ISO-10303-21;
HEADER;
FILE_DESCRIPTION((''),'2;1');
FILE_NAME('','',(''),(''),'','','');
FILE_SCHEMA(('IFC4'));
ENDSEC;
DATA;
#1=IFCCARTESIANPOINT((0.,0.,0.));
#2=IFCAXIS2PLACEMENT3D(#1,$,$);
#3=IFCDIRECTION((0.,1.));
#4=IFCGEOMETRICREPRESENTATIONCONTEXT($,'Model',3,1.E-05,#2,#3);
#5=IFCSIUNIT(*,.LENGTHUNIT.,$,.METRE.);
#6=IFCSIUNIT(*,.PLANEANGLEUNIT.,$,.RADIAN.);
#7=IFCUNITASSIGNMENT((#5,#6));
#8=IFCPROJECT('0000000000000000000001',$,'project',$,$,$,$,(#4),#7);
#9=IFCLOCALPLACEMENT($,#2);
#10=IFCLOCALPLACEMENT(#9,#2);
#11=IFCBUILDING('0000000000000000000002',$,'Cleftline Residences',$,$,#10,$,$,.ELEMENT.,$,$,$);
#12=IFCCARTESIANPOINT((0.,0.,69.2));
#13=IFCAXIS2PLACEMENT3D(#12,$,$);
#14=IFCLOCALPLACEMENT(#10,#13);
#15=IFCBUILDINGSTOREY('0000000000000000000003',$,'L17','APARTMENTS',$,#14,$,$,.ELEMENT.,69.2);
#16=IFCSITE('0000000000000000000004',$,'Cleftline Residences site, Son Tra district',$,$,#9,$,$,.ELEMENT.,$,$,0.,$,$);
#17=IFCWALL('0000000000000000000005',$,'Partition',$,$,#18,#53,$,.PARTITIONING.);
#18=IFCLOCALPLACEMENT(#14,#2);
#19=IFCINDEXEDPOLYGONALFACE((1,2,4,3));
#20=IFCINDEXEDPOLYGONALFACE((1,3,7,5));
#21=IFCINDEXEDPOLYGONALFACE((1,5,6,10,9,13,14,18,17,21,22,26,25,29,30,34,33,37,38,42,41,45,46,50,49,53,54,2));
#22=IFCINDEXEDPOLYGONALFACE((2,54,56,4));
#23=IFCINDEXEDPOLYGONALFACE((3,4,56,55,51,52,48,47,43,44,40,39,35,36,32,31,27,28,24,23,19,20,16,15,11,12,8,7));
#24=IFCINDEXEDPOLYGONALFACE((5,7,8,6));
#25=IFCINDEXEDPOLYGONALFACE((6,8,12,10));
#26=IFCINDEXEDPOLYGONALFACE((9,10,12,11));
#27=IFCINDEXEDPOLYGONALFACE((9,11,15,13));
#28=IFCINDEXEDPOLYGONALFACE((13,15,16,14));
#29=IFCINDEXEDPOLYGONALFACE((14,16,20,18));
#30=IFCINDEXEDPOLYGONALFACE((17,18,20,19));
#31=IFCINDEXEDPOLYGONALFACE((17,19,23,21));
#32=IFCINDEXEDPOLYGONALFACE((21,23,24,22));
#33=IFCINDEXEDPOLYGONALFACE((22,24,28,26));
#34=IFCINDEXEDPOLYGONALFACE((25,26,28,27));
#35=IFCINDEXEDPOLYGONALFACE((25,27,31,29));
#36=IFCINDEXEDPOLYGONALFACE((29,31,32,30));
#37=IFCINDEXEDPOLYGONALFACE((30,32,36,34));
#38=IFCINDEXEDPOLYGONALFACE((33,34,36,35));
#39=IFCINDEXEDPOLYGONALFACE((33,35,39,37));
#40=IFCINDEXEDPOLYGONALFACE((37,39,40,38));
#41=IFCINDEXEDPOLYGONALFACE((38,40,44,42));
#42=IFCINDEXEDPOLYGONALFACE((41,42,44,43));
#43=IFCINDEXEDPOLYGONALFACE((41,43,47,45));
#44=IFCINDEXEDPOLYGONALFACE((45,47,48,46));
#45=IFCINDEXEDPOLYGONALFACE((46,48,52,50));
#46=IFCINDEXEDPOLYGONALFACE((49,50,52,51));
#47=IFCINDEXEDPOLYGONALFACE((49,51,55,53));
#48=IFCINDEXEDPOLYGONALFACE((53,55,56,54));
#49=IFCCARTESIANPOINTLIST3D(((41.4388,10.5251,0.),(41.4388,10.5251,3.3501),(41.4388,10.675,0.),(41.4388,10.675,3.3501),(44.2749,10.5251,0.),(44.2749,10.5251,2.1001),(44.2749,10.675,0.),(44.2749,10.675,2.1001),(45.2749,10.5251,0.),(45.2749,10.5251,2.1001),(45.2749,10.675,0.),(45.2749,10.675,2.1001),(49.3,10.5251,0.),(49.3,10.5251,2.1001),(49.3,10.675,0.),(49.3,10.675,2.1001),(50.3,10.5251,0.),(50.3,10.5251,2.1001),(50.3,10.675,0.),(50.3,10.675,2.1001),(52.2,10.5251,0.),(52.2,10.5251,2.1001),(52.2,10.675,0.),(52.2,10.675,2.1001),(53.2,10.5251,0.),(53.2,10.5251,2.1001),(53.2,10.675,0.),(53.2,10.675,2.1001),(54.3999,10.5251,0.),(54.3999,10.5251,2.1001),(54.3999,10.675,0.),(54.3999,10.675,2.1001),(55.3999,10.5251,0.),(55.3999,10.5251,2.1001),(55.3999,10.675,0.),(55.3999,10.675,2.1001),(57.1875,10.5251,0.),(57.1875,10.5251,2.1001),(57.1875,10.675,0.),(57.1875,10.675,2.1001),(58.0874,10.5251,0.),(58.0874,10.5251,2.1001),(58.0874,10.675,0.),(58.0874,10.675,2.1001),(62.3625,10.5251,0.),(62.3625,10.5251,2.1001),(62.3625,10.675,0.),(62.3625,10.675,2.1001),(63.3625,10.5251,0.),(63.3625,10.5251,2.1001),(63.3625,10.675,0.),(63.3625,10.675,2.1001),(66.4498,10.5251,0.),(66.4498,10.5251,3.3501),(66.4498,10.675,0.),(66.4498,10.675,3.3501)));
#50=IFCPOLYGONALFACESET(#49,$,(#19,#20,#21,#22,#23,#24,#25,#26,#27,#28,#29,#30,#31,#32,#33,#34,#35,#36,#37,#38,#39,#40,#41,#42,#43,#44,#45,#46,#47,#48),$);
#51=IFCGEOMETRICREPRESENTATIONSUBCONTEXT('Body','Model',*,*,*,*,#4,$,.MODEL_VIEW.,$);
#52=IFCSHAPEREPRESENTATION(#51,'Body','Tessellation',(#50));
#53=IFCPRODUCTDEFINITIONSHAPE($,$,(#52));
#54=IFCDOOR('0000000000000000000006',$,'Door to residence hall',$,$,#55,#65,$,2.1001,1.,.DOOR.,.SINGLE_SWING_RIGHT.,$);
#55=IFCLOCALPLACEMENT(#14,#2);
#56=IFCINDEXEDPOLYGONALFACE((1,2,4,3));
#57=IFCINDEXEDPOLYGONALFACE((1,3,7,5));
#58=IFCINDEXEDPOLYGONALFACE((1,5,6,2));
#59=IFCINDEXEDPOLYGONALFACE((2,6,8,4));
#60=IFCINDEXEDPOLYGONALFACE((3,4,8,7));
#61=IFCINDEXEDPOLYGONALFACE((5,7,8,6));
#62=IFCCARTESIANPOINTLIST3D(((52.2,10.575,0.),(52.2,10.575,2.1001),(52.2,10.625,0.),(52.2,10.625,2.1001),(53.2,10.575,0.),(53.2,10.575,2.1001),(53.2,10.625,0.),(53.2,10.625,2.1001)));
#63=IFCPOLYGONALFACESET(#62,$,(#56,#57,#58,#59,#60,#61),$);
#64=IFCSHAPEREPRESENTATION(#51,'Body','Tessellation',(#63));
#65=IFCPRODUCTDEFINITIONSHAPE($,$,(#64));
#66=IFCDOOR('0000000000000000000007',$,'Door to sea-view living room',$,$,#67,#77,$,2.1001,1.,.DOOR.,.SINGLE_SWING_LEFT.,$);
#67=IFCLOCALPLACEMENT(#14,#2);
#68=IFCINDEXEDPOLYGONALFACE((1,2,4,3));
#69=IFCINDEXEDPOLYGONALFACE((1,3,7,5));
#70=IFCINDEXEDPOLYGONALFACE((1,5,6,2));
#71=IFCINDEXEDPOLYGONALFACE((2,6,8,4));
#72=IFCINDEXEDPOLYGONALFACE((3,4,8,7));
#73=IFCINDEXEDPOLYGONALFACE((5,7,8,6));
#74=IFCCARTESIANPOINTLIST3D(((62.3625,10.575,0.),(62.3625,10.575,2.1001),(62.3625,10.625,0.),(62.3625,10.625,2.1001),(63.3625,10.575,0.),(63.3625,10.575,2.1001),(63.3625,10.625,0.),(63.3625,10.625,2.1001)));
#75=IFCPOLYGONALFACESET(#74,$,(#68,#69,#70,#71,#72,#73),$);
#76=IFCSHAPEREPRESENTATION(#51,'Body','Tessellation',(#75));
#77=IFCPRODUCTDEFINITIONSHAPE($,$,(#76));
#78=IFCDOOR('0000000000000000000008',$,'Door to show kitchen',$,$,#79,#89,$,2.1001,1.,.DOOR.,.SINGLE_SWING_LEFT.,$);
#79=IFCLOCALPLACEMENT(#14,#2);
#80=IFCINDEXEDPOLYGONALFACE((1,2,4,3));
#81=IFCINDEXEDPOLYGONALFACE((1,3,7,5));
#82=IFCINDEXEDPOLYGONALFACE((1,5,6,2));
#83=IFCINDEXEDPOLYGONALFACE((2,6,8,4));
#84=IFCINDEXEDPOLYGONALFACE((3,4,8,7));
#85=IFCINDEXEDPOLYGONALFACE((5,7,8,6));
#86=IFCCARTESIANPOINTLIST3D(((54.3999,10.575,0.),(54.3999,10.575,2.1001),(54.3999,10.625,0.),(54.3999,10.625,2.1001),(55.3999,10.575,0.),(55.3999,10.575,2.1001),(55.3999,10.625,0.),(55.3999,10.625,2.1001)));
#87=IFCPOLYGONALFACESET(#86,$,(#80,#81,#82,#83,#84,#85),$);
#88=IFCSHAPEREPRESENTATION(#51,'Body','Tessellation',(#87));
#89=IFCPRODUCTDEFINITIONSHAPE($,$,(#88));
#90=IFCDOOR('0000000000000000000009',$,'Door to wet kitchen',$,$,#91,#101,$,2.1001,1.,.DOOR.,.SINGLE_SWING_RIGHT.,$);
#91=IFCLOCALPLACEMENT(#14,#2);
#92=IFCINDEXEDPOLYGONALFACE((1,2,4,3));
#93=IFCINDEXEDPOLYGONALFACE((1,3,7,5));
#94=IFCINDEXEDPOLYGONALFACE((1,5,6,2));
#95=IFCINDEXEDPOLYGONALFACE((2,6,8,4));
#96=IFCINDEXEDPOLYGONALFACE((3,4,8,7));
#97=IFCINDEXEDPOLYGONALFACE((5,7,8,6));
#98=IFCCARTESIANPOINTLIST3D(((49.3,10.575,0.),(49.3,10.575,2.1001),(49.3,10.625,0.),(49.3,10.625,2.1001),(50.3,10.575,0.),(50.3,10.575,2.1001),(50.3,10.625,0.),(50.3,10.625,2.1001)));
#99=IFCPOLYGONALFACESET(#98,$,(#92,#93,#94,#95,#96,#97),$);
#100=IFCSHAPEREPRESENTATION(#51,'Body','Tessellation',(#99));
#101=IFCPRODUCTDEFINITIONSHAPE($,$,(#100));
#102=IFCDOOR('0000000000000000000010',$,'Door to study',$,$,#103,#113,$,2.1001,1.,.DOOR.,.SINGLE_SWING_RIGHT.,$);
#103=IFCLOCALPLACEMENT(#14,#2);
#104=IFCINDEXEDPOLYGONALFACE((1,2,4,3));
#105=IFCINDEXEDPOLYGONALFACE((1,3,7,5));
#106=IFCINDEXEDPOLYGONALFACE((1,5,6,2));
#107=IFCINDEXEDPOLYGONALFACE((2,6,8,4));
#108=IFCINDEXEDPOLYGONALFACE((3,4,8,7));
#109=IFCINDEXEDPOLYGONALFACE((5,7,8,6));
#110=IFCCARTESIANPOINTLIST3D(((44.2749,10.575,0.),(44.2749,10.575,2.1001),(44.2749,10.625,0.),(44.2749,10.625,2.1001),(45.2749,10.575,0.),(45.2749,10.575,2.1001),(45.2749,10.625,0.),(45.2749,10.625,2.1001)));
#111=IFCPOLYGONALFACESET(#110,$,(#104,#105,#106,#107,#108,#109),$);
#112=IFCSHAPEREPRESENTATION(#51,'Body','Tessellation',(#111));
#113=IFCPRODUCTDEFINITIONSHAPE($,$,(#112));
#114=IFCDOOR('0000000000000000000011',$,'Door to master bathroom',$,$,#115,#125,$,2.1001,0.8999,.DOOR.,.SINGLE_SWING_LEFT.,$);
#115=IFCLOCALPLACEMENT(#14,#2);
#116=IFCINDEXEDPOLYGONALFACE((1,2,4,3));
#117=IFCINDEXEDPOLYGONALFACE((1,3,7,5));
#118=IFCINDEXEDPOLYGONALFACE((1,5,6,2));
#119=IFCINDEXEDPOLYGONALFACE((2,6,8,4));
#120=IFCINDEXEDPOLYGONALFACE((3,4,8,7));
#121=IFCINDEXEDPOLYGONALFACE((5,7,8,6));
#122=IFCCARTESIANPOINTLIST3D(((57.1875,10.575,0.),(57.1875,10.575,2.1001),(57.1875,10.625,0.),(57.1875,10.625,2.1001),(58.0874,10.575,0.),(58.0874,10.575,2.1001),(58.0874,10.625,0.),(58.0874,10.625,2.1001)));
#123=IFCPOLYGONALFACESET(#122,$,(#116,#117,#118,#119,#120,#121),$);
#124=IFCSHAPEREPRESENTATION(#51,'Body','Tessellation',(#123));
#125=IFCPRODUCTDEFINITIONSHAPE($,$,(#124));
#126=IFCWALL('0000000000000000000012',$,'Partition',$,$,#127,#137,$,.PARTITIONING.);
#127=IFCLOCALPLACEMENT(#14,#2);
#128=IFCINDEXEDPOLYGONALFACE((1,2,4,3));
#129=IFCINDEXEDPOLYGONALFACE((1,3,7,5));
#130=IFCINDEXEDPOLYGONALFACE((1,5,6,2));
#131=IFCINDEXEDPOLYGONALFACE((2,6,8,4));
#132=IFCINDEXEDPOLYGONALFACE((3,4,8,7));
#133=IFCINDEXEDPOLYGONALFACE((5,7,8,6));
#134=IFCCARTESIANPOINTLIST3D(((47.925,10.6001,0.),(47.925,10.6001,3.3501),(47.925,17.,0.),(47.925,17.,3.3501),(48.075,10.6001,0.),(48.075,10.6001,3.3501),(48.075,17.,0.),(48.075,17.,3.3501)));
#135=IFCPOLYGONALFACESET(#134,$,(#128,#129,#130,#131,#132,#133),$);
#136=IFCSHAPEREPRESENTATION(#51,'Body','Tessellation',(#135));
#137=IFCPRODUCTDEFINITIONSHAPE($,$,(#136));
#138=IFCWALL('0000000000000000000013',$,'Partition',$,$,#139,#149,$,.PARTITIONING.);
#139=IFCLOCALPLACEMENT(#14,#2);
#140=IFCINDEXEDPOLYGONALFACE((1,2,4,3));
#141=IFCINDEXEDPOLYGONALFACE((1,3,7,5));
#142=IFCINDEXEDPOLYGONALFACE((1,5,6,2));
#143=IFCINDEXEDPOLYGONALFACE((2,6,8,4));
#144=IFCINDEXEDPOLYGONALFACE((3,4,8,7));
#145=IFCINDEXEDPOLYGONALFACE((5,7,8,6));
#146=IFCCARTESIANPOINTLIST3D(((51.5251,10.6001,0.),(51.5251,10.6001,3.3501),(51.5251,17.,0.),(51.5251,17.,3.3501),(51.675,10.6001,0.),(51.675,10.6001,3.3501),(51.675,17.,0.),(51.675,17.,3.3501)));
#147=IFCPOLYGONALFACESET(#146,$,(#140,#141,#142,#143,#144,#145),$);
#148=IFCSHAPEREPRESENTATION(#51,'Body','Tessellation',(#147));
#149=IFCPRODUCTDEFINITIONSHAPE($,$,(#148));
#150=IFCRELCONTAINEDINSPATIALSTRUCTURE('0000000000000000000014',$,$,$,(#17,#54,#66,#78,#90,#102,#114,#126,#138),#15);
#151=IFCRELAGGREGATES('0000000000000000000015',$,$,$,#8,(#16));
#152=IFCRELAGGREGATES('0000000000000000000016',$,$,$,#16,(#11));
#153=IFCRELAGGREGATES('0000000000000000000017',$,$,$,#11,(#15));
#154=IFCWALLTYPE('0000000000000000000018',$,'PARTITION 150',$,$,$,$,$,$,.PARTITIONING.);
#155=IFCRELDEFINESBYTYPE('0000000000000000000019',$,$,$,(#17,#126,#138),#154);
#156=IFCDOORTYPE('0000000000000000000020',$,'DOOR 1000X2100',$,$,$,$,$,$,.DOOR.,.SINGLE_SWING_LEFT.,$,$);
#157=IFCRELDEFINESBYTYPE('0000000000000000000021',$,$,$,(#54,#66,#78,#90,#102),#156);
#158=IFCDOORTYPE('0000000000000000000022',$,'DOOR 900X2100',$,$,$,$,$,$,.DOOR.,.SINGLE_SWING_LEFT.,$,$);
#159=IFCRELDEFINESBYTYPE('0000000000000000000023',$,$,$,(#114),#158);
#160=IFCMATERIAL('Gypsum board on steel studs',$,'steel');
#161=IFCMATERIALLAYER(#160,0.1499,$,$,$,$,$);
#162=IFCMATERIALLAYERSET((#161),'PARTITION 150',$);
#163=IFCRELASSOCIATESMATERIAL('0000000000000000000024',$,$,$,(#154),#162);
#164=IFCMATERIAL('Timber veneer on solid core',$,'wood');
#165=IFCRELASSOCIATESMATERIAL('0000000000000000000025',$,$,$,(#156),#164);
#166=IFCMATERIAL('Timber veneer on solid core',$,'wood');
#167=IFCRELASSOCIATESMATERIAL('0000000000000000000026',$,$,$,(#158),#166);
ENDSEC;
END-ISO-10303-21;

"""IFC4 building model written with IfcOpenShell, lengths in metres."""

from ifc_helpers import new_model, si_unit, direction, frame, frame_2d, origin, place, context, subcontext, project, spatial, rectangle, extrude, material, layer, layer_set, type_object, element, fill, save


model = new_model("IFC4")

# Units and contexts
model_context = context("Model", 3, precision=1e-05, world=origin(), true_north=direction((0.0, 1.0)))
body_context = subcontext(model_context, "Body", "Model", "MODEL_VIEW")
ifc_project = project(units=[si_unit("LENGTHUNIT", "METRE"), si_unit("PLANEANGLEUNIT", "RADIAN")], contexts=[model_context])

# Site, building, storey
site_placement = place(None, origin())
site = spatial("IfcSite", under=ifc_project, at=site_placement, Name="Cleftline Residences site, Son Tra district", CompositionType="ELEMENT", RefElevation=0.0)
building_placement = place(site_placement, origin())
building = spatial("IfcBuilding", under=site, at=building_placement, Name="Cleftline Residences", CompositionType="ELEMENT")
storey_placement = place(building_placement, frame((0.0, 0.0, 69.2)))
storey = spatial("IfcBuildingStorey", under=building, at=storey_placement, Name="L17", Description="APARTMENTS", CompositionType="ELEMENT", Elevation=69.2)

# Shared definitions
ifc_material_1 = material(Name="Gypsum board on steel studs", Category="steel")
ifc_layer_1 = layer(ifc_material_1, 0.1499)
ifc_layer_set_1 = layer_set([ifc_layer_1], Name="PARTITION 150")
wall_type = type_object("IfcWallType", Name="PARTITION 150", PredefinedType="PARTITIONING", material=ifc_layer_set_1)
ifc_material_2 = material(Name="Timber veneer on solid core", Category="wood")
door_type_1 = type_object("IfcDoorType", Name="DOOR 1000X2100", OperationType="SINGLE_SWING_LEFT", PredefinedType="DOOR", material=ifc_material_2)

# Wall, openings, doors
ifc_material_3 = material(Name="Timber veneer on solid core", Category="wood")
door_type_2 = type_object("IfcDoorType", Name="DOOR 900X2100", OperationType="SINGLE_SWING_LEFT", PredefinedType="DOOR", material=ifc_material_3)
wall_1_placement = place(storey_placement, frame((41.439, 10.6001, 0.0), z_axis=(0.0, 0.0, 1.0), x_axis=(1.0, 0.0, 0.0)))
wall_1 = element("IfcWall", 1, at=wall_1_placement, inside=storey, type_object=wall_type, Name="Partition", PredefinedType="PARTITIONING", context=body_context, shape_type="SweptSolid", body=[
    extrude(rectangle(XDim=25.011, YDim=0.1499, at=frame_2d((12.5054, 0.0))), origin(), (0.0, 0.0, 1.0), 3.3501),
])
opening_1_placement = place(wall_1_placement, frame((10.761, 0.0, 0.0)))
opening_1 = element("IfcOpeningElement", 2, at=opening_1_placement, cuts=wall_1, PredefinedType="OPENING", context=body_context, shape_type="SweptSolid", body=[
    extrude(rectangle(XDim=1.0, YDim=2.1001, at=frame_2d((0.5, 1.05))), frame((0.0, 0.085, 0.0), z_axis=(0.0, -1.0, 0.0), x_axis=(1.0, 0.0, 0.0)), (0.0, 0.0, 1.0), 0.1699),
])
opening_2_placement = place(wall_1_placement, frame((20.9236, 0.0, 0.0)))
opening_2 = element("IfcOpeningElement", 3, at=opening_2_placement, cuts=wall_1, PredefinedType="OPENING", context=body_context, shape_type="SweptSolid", body=[
    extrude(rectangle(XDim=1.0, YDim=2.1001, at=frame_2d((0.5, 1.05))), frame((0.0, 0.085, 0.0), z_axis=(0.0, -1.0, 0.0), x_axis=(1.0, 0.0, 0.0)), (0.0, 0.0, 1.0), 0.1699),
])
opening_3_placement = place(wall_1_placement, frame((15.7485, 0.0, 0.0)))
opening_3 = element("IfcOpeningElement", 4, at=opening_3_placement, cuts=wall_1, PredefinedType="OPENING", context=body_context, shape_type="SweptSolid", body=[
    extrude(rectangle(XDim=0.8999, YDim=2.1001, at=frame_2d((0.45, 1.05))), frame((0.0, 0.085, 0.0), z_axis=(0.0, -1.0, 0.0), x_axis=(1.0, 0.0, 0.0)), (0.0, 0.0, 1.0), 0.1699),
])
opening_4_placement = place(wall_1_placement, frame((12.9609, 0.0, 0.0)))
opening_4 = element("IfcOpeningElement", 5, at=opening_4_placement, cuts=wall_1, PredefinedType="OPENING", context=body_context, shape_type="SweptSolid", body=[
    extrude(rectangle(XDim=1.0, YDim=2.1001, at=frame_2d((0.5, 1.05))), frame((0.0, 0.085, 0.0), z_axis=(0.0, -1.0, 0.0), x_axis=(1.0, 0.0, 0.0)), (0.0, 0.0, 1.0), 0.1699),
])
opening_5_placement = place(wall_1_placement, frame((7.8611, 0.0, 0.0)))
opening_5 = element("IfcOpeningElement", 6, at=opening_5_placement, cuts=wall_1, PredefinedType="OPENING", context=body_context, shape_type="SweptSolid", body=[
    extrude(rectangle(XDim=1.0, YDim=2.1001, at=frame_2d((0.5, 1.05))), frame((0.0, 0.085, 0.0), z_axis=(0.0, -1.0, 0.0), x_axis=(1.0, 0.0, 0.0)), (0.0, 0.0, 1.0), 0.1699),
])
opening_6_placement = place(wall_1_placement, frame((2.8359, 0.0, 0.0)))
opening_6 = element("IfcOpeningElement", 7, at=opening_6_placement, cuts=wall_1, PredefinedType="OPENING", context=body_context, shape_type="SweptSolid", body=[
    extrude(rectangle(XDim=1.0, YDim=2.1001, at=frame_2d((0.5, 1.05))), frame((0.0, 0.085, 0.0), z_axis=(0.0, -1.0, 0.0), x_axis=(1.0, 0.0, 0.0)), (0.0, 0.0, 1.0), 0.1699),
])
door_1_placement = place(opening_1_placement, origin())
door_1 = element("IfcDoor", 8, at=door_1_placement, inside=storey, type_object=door_type_1, Name="Door to residence hall", OperationType="SINGLE_SWING_RIGHT", OverallHeight=2.1001, OverallWidth=1.0, PredefinedType="DOOR", context=body_context, shape_type="SweptSolid", body=[
    extrude(rectangle(XDim=1.0, YDim=2.1001, at=frame_2d((0.5, 1.05))), frame((0.0, 0.0249, 0.0), z_axis=(0.0, -1.0, 0.0), x_axis=(1.0, 0.0, 0.0)), (0.0, 0.0, 1.0), 0.05),
])
fill(opening_1, door_1)
door_2_placement = place(opening_2_placement, origin())
door_2 = element("IfcDoor", 9, at=door_2_placement, inside=storey, type_object=door_type_1, Name="Door to sea-view living room", OperationType="SINGLE_SWING_LEFT", OverallHeight=2.1001, OverallWidth=1.0, PredefinedType="DOOR", context=body_context, shape_type="SweptSolid", body=[
    extrude(rectangle(XDim=1.0, YDim=2.1001, at=frame_2d((0.5, 1.05))), frame((0.0, 0.0249, 0.0), z_axis=(0.0, -1.0, 0.0), x_axis=(1.0, 0.0, 0.0)), (0.0, 0.0, 1.0), 0.05),
])
fill(opening_2, door_2)
door_3_placement = place(opening_4_placement, origin())
door_3 = element("IfcDoor", 10, at=door_3_placement, inside=storey, type_object=door_type_1, Name="Door to show kitchen", OperationType="SINGLE_SWING_LEFT", OverallHeight=2.1001, OverallWidth=1.0, PredefinedType="DOOR", context=body_context, shape_type="SweptSolid", body=[
    extrude(rectangle(XDim=1.0, YDim=2.1001, at=frame_2d((0.5, 1.05))), frame((0.0, 0.0249, 0.0), z_axis=(0.0, -1.0, 0.0), x_axis=(1.0, 0.0, 0.0)), (0.0, 0.0, 1.0), 0.05),
])
fill(opening_4, door_3)
door_4_placement = place(opening_5_placement, origin())
door_4 = element("IfcDoor", 11, at=door_4_placement, inside=storey, type_object=door_type_1, Name="Door to wet kitchen", OperationType="SINGLE_SWING_RIGHT", OverallHeight=2.1001, OverallWidth=1.0, PredefinedType="DOOR", context=body_context, shape_type="SweptSolid", body=[
    extrude(rectangle(XDim=1.0, YDim=2.1001, at=frame_2d((0.5, 1.05))), frame((0.0, 0.0249, 0.0), z_axis=(0.0, -1.0, 0.0), x_axis=(1.0, 0.0, 0.0)), (0.0, 0.0, 1.0), 0.05),
])
fill(opening_5, door_4)
door_5_placement = place(opening_6_placement, origin())
door_5 = element("IfcDoor", 12, at=door_5_placement, inside=storey, type_object=door_type_1, Name="Door to study", OperationType="SINGLE_SWING_RIGHT", OverallHeight=2.1001, OverallWidth=1.0, PredefinedType="DOOR", context=body_context, shape_type="SweptSolid", body=[
    extrude(rectangle(XDim=1.0, YDim=2.1001, at=frame_2d((0.5, 1.05))), frame((0.0, 0.0249, 0.0), z_axis=(0.0, -1.0, 0.0), x_axis=(1.0, 0.0, 0.0)), (0.0, 0.0, 1.0), 0.05),
])
fill(opening_6, door_5)
door_6_placement = place(opening_3_placement, origin())
door_6 = element("IfcDoor", 13, at=door_6_placement, inside=storey, type_object=door_type_2, Name="Door to master bathroom", OperationType="SINGLE_SWING_LEFT", OverallHeight=2.1001, OverallWidth=0.8999, PredefinedType="DOOR", context=body_context, shape_type="SweptSolid", body=[
    extrude(rectangle(XDim=0.8999, YDim=2.1001, at=frame_2d((0.45, 1.05))), frame((0.0, 0.0249, 0.0), z_axis=(0.0, -1.0, 0.0), x_axis=(1.0, 0.0, 0.0)), (0.0, 0.0, 1.0), 0.05),
])
fill(opening_3, door_6)

# Walls
for number, where, z_axis, x_axis, name in (
    (14, (48.0, 10.6001, 0.0), (0.0, 0.0, 1.0), (0.0, 1.0, 0.0), "Partition"),
    (15, (51.6001, 10.6001, 0.0), (0.0, 0.0, 1.0), (0.0, 1.0, 0.0), "Partition"),
):
    element("IfcWall", number, at=place(storey_placement, frame(where, z_axis=z_axis, x_axis=x_axis)), inside=storey, type_object=wall_type, Name=name, PredefinedType="PARTITIONING", context=body_context, shape_type="SweptSolid", body=[
        extrude(rectangle(XDim=6.3999, YDim=0.1499, at=frame_2d((3.2, 0.0))), origin(), (0.0, 0.0, 1.0), 3.3501),
    ])

save(model, "model.ifc")
